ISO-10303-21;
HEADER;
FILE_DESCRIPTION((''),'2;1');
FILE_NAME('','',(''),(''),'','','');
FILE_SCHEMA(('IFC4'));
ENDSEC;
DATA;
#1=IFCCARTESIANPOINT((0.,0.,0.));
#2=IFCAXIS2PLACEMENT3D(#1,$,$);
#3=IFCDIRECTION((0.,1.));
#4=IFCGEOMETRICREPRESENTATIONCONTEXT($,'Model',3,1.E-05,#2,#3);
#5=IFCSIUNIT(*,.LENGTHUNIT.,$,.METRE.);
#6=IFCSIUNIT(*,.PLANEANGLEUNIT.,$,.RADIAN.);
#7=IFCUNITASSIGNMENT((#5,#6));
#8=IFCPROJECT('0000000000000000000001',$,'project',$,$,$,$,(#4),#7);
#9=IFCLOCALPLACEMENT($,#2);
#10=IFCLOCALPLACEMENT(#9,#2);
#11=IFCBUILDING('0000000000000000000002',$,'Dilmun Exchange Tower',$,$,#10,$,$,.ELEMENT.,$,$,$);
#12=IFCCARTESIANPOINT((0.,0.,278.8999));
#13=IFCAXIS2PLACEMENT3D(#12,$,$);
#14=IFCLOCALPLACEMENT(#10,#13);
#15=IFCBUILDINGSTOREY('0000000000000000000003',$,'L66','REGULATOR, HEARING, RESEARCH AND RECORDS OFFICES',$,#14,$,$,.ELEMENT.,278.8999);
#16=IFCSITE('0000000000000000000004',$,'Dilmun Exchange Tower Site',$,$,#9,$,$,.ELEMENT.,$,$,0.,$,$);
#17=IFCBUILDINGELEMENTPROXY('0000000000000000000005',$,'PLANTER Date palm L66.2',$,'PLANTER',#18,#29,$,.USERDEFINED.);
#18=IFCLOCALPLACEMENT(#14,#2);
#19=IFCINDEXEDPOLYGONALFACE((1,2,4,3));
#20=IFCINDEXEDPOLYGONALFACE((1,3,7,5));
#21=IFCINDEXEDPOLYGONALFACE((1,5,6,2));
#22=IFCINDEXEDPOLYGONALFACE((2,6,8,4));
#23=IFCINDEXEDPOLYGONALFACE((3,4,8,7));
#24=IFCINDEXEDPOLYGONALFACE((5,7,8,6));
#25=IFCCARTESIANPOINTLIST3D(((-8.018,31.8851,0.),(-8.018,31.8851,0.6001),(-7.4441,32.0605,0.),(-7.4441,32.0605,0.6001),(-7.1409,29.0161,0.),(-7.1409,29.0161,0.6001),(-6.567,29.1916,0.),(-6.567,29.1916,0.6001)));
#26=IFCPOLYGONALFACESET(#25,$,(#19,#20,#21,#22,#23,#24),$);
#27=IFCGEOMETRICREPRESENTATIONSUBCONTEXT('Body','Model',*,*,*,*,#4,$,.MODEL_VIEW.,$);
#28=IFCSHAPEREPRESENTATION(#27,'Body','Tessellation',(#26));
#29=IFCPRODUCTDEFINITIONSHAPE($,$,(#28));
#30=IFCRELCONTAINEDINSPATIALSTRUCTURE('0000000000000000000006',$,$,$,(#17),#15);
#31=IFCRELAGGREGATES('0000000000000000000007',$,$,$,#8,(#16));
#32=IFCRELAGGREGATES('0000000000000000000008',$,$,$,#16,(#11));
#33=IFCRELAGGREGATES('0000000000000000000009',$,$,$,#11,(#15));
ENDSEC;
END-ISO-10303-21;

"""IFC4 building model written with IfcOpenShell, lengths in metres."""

from ifc_helpers import new_model, si_unit, direction, frame, origin, origin_2d, place, context, subcontext, project, spatial, rectangle, extrude, element, save


model = new_model("IFC4")

# Units and contexts
model_context = context("Model", 3, precision=1e-05, world=origin(), true_north=direction((0.0, 1.0)))
body_context = subcontext(model_context, "Body", "Model", "MODEL_VIEW")
ifc_project = project(units=[si_unit("LENGTHUNIT", "METRE"), si_unit("PLANEANGLEUNIT", "RADIAN")], contexts=[model_context])

# Site, building, storey
site_placement = place(None, origin())
site = spatial("IfcSite", under=ifc_project, at=site_placement, Name="Dilmun Exchange Tower Site", CompositionType="ELEMENT", RefElevation=0.0)
building_placement = place(site_placement, origin())
building = spatial("IfcBuilding", under=site, at=building_placement, Name="Dilmun Exchange Tower", CompositionType="ELEMENT")
storey_placement = place(building_placement, frame((0.0, 0.0, 278.8999)))
storey = spatial("IfcBuildingStorey", under=building, at=storey_placement, Name="L66", Description="REGULATOR, HEARING, RESEARCH AND RECORDS OFFICES", CompositionType="ELEMENT", Elevation=278.8999)

# Building element proxy
for number, where, z_axis, x_axis, name in (
    (1, (-7.2925, 30.5383, 0.0), (0.0, 0.0, 1.0), (-0.292372, 0.956305, 0.0), "PLANTER Date palm L66.2"),
):
    element("IfcBuildingElementProxy", number, at=place(storey_placement, frame(where, z_axis=z_axis, x_axis=x_axis)), inside=storey, Name=name, ObjectType="PLANTER", PredefinedType="USERDEFINED", context=body_context, shape_type="SweptSolid", body=[
        extrude(rectangle(XDim=3.0, YDim=0.6001, at=origin_2d()), origin(), (0.0, 0.0, 1.0), 0.6001),
    ])

save(model, "model.ifc")
